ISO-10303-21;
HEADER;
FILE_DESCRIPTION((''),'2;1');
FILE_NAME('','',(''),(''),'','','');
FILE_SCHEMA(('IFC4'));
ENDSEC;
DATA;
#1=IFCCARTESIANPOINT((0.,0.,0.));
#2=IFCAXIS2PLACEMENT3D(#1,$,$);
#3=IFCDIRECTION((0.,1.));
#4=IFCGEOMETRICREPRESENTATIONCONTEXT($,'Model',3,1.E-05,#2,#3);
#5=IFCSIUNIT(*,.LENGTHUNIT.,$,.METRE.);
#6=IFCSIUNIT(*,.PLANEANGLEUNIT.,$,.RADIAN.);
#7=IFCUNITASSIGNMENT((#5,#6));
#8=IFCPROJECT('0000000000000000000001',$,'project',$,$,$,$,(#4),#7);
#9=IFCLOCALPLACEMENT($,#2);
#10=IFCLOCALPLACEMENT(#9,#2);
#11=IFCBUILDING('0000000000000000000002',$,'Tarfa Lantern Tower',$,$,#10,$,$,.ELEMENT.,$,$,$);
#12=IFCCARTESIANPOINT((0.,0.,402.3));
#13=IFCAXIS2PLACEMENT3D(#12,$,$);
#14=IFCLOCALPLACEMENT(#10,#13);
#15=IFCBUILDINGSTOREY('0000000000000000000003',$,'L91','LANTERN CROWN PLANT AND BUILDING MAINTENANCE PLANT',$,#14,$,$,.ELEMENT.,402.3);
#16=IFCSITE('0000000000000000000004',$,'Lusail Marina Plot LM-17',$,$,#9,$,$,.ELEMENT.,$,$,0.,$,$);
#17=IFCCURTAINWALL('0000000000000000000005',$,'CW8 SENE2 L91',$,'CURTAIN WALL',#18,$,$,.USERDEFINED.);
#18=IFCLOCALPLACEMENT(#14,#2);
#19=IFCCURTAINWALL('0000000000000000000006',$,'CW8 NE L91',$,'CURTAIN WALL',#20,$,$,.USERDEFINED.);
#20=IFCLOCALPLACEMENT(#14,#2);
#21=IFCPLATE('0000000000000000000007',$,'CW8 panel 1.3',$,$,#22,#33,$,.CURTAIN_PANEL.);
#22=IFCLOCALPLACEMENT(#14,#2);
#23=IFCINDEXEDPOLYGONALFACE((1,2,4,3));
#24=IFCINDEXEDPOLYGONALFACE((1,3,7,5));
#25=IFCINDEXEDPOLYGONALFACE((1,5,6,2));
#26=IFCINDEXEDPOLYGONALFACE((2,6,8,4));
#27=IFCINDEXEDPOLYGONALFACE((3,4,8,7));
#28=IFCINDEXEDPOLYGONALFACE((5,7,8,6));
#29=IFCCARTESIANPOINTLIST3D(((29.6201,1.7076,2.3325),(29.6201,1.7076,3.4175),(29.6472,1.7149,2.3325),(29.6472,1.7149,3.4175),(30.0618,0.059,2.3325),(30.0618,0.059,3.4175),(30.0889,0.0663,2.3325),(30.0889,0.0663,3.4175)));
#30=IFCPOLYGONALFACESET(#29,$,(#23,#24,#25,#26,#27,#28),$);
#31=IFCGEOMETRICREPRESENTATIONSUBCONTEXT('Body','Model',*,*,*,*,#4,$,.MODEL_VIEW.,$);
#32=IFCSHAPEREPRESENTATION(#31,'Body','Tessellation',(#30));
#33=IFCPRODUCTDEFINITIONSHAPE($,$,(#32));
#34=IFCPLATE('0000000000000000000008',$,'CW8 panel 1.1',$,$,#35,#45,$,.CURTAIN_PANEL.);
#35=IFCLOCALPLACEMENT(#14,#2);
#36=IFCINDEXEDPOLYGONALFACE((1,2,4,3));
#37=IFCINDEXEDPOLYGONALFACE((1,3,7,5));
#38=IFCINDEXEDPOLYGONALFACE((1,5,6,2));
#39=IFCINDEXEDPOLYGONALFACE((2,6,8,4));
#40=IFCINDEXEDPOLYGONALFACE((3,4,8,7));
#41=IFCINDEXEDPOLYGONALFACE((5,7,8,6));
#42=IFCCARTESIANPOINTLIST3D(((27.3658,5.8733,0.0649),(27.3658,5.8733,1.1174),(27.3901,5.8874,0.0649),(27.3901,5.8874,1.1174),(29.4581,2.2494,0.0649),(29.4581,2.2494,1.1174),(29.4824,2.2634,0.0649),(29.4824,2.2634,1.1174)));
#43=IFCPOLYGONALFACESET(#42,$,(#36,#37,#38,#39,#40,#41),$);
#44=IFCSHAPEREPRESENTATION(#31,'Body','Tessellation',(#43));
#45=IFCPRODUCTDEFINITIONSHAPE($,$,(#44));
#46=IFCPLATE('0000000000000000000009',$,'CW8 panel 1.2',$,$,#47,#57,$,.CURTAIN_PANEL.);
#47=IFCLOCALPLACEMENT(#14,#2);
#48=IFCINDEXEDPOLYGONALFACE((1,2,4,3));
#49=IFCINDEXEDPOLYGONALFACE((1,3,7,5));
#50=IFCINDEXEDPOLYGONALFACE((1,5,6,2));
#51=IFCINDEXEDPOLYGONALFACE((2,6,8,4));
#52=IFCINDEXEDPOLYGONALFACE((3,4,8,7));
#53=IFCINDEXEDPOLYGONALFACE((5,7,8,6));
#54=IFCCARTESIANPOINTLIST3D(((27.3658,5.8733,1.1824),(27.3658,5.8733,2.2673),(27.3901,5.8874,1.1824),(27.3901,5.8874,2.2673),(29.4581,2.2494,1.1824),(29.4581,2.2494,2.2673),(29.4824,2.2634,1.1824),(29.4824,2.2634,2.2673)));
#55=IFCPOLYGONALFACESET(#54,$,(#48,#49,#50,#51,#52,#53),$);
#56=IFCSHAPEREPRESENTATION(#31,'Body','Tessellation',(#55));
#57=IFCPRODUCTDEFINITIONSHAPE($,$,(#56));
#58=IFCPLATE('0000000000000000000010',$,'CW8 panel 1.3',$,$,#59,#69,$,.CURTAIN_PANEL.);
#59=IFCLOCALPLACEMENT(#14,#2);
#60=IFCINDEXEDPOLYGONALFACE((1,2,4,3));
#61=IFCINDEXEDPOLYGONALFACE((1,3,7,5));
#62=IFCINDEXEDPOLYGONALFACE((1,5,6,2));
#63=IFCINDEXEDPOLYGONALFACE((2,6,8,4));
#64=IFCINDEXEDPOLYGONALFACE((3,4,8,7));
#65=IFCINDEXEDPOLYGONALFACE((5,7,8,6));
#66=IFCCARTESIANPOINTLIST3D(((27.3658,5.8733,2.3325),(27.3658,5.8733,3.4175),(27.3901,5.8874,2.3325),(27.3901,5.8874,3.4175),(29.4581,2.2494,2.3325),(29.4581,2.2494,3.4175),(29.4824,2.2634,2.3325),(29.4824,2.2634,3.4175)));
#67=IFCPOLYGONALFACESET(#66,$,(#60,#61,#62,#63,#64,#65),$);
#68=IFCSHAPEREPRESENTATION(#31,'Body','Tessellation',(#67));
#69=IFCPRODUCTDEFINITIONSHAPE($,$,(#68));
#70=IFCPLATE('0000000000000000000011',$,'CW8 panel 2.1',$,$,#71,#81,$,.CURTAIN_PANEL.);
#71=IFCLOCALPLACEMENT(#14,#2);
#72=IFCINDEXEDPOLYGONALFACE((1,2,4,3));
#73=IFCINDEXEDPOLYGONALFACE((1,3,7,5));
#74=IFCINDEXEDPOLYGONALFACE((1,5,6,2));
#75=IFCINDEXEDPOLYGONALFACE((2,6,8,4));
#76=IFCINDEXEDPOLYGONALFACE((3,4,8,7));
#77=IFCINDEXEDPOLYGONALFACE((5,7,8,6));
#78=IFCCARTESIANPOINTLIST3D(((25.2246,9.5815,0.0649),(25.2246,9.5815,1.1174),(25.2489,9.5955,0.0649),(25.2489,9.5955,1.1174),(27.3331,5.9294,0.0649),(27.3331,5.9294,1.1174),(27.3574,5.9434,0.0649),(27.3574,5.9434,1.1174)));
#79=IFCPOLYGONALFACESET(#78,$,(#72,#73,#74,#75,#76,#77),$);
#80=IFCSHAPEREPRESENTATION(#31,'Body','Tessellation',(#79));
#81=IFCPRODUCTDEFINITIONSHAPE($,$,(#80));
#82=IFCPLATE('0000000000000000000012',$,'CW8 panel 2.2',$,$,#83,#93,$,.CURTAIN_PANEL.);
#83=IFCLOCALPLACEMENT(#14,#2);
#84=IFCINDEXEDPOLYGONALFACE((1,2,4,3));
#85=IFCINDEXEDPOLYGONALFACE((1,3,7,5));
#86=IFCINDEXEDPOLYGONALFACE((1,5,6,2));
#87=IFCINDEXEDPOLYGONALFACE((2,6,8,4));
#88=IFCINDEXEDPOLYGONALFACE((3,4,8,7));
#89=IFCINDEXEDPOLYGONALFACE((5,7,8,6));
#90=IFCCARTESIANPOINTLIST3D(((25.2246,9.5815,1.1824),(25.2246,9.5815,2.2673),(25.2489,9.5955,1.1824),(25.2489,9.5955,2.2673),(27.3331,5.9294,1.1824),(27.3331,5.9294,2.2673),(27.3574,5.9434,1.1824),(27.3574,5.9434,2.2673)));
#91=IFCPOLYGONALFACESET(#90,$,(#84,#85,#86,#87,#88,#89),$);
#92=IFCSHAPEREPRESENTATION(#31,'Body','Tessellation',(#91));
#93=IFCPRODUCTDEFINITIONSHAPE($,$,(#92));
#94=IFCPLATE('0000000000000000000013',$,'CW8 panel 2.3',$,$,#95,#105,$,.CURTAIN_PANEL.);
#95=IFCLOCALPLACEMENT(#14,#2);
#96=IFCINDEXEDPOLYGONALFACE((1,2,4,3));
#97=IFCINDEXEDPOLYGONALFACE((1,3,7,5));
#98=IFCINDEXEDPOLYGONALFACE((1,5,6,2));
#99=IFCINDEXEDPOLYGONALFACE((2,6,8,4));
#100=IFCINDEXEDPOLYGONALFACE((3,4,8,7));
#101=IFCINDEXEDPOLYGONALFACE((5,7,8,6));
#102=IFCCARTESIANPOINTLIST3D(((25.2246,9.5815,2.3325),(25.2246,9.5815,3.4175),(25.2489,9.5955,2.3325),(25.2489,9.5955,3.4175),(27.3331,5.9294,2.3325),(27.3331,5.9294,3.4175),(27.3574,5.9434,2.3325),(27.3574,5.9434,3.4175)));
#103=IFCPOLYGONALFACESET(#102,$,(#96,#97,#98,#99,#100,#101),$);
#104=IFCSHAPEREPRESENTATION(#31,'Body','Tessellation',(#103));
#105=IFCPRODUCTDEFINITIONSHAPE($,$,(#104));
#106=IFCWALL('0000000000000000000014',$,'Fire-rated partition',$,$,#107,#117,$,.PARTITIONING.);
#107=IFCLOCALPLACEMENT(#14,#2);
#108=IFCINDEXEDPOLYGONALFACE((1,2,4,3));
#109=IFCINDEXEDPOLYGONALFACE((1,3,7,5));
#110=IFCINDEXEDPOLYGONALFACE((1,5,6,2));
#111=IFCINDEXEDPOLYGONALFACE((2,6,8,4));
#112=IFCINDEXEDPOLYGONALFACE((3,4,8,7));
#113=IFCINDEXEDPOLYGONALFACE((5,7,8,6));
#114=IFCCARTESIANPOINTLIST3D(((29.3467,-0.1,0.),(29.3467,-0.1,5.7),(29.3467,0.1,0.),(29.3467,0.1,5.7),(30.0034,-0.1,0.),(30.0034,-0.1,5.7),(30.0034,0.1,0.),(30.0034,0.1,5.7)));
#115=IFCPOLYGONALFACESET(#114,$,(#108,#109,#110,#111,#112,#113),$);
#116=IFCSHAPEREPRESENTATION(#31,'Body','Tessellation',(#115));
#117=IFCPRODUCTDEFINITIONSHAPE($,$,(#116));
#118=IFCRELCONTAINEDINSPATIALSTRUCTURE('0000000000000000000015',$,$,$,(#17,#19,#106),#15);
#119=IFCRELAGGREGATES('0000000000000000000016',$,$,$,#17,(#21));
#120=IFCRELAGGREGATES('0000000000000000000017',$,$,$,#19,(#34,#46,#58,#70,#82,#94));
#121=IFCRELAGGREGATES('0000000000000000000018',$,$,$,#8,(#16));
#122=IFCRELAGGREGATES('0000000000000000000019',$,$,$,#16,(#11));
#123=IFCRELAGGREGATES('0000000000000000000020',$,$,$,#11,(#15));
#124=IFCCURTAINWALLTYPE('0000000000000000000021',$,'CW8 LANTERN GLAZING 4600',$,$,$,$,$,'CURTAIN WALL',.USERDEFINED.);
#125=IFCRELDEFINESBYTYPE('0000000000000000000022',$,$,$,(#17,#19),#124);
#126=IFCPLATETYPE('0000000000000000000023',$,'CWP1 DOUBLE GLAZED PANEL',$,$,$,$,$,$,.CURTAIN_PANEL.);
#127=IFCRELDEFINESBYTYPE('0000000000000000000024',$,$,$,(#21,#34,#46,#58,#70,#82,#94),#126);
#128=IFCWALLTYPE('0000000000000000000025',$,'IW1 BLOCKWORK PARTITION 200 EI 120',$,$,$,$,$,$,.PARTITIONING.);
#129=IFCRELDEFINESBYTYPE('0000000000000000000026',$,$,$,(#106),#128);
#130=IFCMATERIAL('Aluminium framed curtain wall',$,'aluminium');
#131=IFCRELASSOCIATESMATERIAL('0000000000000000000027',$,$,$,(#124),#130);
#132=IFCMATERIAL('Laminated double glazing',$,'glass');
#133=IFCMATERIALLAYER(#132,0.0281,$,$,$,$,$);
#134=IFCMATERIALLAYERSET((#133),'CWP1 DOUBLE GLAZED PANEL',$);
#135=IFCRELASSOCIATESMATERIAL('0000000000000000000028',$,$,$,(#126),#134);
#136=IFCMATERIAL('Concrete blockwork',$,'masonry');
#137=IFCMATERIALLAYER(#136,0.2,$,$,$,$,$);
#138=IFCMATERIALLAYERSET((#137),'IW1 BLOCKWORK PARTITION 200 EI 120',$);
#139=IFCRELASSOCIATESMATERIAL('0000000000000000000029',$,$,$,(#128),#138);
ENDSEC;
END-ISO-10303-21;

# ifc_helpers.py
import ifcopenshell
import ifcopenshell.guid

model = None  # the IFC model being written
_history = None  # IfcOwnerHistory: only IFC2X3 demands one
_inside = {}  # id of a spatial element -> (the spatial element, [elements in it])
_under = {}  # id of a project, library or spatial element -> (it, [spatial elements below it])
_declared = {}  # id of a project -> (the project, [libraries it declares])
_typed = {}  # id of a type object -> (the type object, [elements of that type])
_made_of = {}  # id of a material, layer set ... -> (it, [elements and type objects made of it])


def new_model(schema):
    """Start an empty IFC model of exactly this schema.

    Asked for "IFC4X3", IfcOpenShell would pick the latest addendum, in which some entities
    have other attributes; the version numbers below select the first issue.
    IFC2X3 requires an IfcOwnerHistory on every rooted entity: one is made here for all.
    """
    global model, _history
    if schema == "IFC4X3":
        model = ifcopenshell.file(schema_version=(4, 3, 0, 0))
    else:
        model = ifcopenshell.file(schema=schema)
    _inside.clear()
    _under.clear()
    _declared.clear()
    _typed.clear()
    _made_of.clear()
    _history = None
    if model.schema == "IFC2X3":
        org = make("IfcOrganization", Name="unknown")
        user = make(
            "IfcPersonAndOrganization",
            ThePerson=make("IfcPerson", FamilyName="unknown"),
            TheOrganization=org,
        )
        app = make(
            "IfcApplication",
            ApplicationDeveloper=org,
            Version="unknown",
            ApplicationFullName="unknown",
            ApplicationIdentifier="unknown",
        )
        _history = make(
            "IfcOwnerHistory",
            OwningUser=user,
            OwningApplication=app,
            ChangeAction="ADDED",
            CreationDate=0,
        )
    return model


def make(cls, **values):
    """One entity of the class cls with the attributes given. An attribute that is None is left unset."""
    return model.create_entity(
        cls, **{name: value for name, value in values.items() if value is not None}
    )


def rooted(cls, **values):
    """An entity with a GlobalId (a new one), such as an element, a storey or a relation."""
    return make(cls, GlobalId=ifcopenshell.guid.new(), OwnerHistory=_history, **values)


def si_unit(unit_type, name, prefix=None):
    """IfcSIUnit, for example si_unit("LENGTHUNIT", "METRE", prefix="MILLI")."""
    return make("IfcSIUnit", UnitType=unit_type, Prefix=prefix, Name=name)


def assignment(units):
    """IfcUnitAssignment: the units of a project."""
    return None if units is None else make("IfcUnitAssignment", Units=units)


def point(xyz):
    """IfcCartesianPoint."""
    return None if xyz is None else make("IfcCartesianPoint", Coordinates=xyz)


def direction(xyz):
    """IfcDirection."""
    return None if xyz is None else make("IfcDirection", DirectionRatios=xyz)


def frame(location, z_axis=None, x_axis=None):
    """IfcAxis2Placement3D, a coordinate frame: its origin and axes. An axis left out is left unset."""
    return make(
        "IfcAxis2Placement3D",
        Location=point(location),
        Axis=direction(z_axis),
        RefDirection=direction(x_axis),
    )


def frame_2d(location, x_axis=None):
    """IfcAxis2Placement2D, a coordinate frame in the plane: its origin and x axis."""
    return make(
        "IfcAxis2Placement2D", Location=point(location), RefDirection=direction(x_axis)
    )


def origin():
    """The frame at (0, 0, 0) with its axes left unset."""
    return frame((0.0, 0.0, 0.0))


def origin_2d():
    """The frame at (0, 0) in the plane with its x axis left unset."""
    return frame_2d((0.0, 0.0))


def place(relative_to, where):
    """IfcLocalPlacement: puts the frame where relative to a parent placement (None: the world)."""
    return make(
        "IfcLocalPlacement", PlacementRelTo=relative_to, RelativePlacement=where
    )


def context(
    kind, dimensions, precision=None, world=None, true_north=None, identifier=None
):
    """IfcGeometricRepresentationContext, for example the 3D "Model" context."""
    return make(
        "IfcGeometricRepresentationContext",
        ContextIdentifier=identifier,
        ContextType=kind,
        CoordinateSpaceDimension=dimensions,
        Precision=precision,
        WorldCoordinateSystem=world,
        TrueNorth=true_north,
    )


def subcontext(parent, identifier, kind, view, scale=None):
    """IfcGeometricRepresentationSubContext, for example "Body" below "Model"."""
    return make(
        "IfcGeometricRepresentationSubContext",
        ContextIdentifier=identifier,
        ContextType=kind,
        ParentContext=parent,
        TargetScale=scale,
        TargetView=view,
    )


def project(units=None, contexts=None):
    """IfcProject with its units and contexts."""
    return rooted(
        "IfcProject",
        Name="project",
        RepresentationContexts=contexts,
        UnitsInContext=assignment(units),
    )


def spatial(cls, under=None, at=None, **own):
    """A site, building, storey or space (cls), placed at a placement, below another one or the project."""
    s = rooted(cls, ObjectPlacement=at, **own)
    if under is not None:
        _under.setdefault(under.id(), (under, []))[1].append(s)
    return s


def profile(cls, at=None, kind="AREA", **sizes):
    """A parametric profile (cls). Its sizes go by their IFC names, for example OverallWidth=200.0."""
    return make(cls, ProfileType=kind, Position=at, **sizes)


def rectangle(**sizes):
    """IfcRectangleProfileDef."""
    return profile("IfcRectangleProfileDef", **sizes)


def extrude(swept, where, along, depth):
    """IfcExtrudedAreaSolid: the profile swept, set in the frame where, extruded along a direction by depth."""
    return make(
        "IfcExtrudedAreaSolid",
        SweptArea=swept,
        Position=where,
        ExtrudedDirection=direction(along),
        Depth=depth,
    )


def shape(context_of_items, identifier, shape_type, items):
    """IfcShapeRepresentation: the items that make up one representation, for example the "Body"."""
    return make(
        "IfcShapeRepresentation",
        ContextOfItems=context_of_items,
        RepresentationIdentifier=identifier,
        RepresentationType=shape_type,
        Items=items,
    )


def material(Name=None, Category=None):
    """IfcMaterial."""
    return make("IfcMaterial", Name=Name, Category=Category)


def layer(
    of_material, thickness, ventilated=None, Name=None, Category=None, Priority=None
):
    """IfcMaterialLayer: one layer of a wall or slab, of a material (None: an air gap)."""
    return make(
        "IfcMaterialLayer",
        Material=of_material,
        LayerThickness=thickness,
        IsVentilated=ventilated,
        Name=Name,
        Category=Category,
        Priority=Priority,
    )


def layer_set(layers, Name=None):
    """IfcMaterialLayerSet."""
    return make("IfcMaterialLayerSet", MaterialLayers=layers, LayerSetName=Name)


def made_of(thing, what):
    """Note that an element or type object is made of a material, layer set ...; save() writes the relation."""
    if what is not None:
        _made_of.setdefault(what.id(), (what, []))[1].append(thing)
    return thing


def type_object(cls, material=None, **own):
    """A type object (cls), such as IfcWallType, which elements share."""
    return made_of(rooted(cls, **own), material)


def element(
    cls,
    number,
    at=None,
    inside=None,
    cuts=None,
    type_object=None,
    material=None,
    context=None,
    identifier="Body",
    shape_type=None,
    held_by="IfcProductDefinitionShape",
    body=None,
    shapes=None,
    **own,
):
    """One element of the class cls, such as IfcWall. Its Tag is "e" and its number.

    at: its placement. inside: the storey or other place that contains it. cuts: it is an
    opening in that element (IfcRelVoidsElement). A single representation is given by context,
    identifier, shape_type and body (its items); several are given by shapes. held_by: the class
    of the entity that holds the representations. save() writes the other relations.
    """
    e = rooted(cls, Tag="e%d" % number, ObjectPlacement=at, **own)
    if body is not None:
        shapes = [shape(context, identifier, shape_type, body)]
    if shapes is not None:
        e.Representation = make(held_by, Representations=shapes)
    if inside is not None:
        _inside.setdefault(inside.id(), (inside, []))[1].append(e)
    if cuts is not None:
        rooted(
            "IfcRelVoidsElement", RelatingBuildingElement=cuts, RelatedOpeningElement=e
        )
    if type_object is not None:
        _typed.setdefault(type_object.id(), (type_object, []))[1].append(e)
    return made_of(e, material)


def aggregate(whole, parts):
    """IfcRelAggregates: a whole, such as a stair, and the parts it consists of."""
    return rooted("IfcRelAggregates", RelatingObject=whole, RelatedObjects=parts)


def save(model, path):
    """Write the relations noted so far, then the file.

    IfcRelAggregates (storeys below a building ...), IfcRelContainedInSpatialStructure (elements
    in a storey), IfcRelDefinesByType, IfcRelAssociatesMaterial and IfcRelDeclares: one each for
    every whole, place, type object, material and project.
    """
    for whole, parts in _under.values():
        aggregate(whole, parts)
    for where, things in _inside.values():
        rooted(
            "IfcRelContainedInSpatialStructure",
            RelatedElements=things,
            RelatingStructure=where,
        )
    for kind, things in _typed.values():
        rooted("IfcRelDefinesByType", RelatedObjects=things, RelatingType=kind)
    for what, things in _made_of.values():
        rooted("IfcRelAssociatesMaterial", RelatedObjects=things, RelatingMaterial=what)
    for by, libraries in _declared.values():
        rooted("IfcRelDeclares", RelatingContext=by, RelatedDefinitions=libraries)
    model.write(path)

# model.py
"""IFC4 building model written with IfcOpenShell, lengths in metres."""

from ifc_helpers import new_model, si_unit, direction, frame, frame_2d, origin, origin_2d, place, context, subcontext, project, spatial, rectangle, extrude, material, layer, layer_set, type_object, element, aggregate, save


model = new_model("IFC4")

# Units and contexts
model_context = context("Model", 3, precision=1e-05, world=origin(), true_north=direction((0.0, 1.0)))
body_context = subcontext(model_context, "Body", "Model", "MODEL_VIEW")
ifc_project = project(units=[si_unit("LENGTHUNIT", "METRE"), si_unit("PLANEANGLEUNIT", "RADIAN")], contexts=[model_context])

# Site, building, storey
site_placement = place(None, origin())
site = spatial("IfcSite", under=ifc_project, at=site_placement, Name="Lusail Marina Plot LM-17", CompositionType="ELEMENT", RefElevation=0.0)
building_placement = place(site_placement, origin())
building = spatial("IfcBuilding", under=site, at=building_placement, Name="Tarfa Lantern Tower", CompositionType="ELEMENT")
storey_placement = place(building_placement, frame((0.0, 0.0, 402.3)))
storey = spatial("IfcBuildingStorey", under=building, at=storey_placement, Name="L91", Description="LANTERN CROWN PLANT AND BUILDING MAINTENANCE PLANT", CompositionType="ELEMENT", Elevation=402.3)

# Curtain walls
ifc_material_1 = material(Name="Aluminium framed curtain wall", Category="aluminium")
curtain_wall_type = type_object("IfcCurtainWallType", Name="CW8 LANTERN GLAZING 4600", ElementType="CURTAIN WALL", PredefinedType="USERDEFINED", material=ifc_material_1)
curtain_wall_1_placement = place(storey_placement, origin())
curtain_wall_1 = element("IfcCurtainWall", 1, at=curtain_wall_1_placement, inside=storey, type_object=curtain_wall_type, Name="CW8 SENE2 L91", ObjectType="CURTAIN WALL", PredefinedType="USERDEFINED")
curtain_wall_2_placement = place(storey_placement, origin())
curtain_wall_2 = element("IfcCurtainWall", 2, at=curtain_wall_2_placement, inside=storey, type_object=curtain_wall_type, Name="CW8 NE L91", ObjectType="CURTAIN WALL", PredefinedType="USERDEFINED")

# Plates
ifc_material_2 = material(Name="Laminated double glazing", Category="glass")
ifc_layer_1 = layer(ifc_material_2, 0.0281)
ifc_layer_set_1 = layer_set([ifc_layer_1], Name="CWP1 DOUBLE GLAZED PANEL")
plate_type = type_object("IfcPlateType", Name="CWP1 DOUBLE GLAZED PANEL", PredefinedType="CURTAIN_PANEL", material=ifc_layer_set_1)
plate_1_placement = place(storey_placement, frame((29.8545, 0.887, 2.3325), z_axis=(0.0, 0.0, 1.0), x_axis=(-0.258819, 0.965926, 0.0)))
plate_1 = element("IfcPlate", 3, at=plate_1_placement, type_object=plate_type, Name="CW8 panel 1.3", PredefinedType="CURTAIN_PANEL", context=body_context, shape_type="SweptSolid", body=[
    extrude(rectangle(XDim=1.7068, YDim=0.0281, at=origin_2d()), origin(), (0.0, 0.0, 1.0), 1.085),
])
aggregate(curtain_wall_1, [plate_1])
plate_2_placement = place(storey_placement, frame((28.4241, 4.0684, 0.0649), z_axis=(0.0, 0.0, 1.0), x_axis=(-0.5, 0.866025, 0.0)))
plate_2 = element("IfcPlate", 4, at=plate_2_placement, type_object=plate_type, Name="CW8 panel 1.1", PredefinedType="CURTAIN_PANEL", context=body_context, shape_type="SweptSolid", body=[
    extrude(rectangle(XDim=4.1846, YDim=0.0281, at=origin_2d()), origin(), (0.0, 0.0, 1.0), 1.0525),
])
plate_3_placement = place(storey_placement, frame((28.4241, 4.0684, 1.1824), z_axis=(0.0, 0.0, 1.0), x_axis=(-0.5, 0.866025, 0.0)))
plate_3 = element("IfcPlate", 5, at=plate_3_placement, type_object=plate_type, Name="CW8 panel 1.2", PredefinedType="CURTAIN_PANEL", context=body_context, shape_type="SweptSolid", body=[
    extrude(rectangle(XDim=4.1846, YDim=0.0281, at=origin_2d()), origin(), (0.0, 0.0, 1.0), 1.085),
])
plate_4_placement = place(storey_placement, frame((28.4241, 4.0684, 2.3325), z_axis=(0.0, 0.0, 1.0), x_axis=(-0.5, 0.866025, 0.0)))
plate_4 = element("IfcPlate", 6, at=plate_4_placement, type_object=plate_type, Name="CW8 panel 1.3", PredefinedType="CURTAIN_PANEL", context=body_context, shape_type="SweptSolid", body=[
    extrude(rectangle(XDim=4.1846, YDim=0.0281, at=origin_2d()), origin(), (0.0, 0.0, 1.0), 1.085),
])
plate_5_placement = place(storey_placement, frame((26.291, 7.7625, 0.0649), z_axis=(0.0, 0.0, 1.0), x_axis=(-0.5, 0.866025, 0.0)))
plate_5 = element("IfcPlate", 7, at=plate_5_placement, type_object=plate_type, Name="CW8 panel 2.1", PredefinedType="CURTAIN_PANEL", context=body_context, shape_type="SweptSolid", body=[
    extrude(rectangle(XDim=4.217, YDim=0.0281, at=origin_2d()), origin(), (0.0, 0.0, 1.0), 1.0525),
])
plate_6_placement = place(storey_placement, frame((26.291, 7.7625, 1.1824), z_axis=(0.0, 0.0, 1.0), x_axis=(-0.5, 0.866025, 0.0)))
plate_6 = element("IfcPlate", 8, at=plate_6_placement, type_object=plate_type, Name="CW8 panel 2.2", PredefinedType="CURTAIN_PANEL", context=body_context, shape_type="SweptSolid", body=[
    extrude(rectangle(XDim=4.217, YDim=0.0281, at=origin_2d()), origin(), (0.0, 0.0, 1.0), 1.085),
])
plate_7_placement = place(storey_placement, frame((26.291, 7.7625, 2.3325), z_axis=(0.0, 0.0, 1.0), x_axis=(-0.5, 0.866025, 0.0)))
plate_7 = element("IfcPlate", 9, at=plate_7_placement, type_object=plate_type, Name="CW8 panel 2.3", PredefinedType="CURTAIN_PANEL", context=body_context, shape_type="SweptSolid", body=[
    extrude(rectangle(XDim=4.217, YDim=0.0281, at=origin_2d()), origin(), (0.0, 0.0, 1.0), 1.085),
])
aggregate(curtain_wall_2, [plate_2, plate_3, plate_4, plate_5, plate_6, plate_7])

# Wall
ifc_material_3 = material(Name="Concrete blockwork", Category="masonry")
ifc_layer_2 = layer(ifc_material_3, 0.2)
ifc_layer_set_2 = layer_set([ifc_layer_2], Name="IW1 BLOCKWORK PARTITION 200 EI 120")
wall_type = type_object("IfcWallType", Name="IW1 BLOCKWORK PARTITION 200 EI 120", PredefinedType="PARTITIONING", material=ifc_layer_set_2)
wall_placement = place(storey_placement, frame((29.3467, 0.0, 0.0), z_axis=(0.0, 0.0, 1.0), x_axis=(1.0, 0.0, 0.0)))
element("IfcWall", 10, at=wall_placement, inside=storey, type_object=wall_type, Name="Fire-rated partition", PredefinedType="PARTITIONING", context=body_context, shape_type="SweptSolid", body=[
    extrude(rectangle(XDim=0.6567, YDim=0.2, at=frame_2d((0.3284, 0.0))), origin(), (0.0, 0.0, 1.0), 5.7),
])

save(model, "model.ifc")
